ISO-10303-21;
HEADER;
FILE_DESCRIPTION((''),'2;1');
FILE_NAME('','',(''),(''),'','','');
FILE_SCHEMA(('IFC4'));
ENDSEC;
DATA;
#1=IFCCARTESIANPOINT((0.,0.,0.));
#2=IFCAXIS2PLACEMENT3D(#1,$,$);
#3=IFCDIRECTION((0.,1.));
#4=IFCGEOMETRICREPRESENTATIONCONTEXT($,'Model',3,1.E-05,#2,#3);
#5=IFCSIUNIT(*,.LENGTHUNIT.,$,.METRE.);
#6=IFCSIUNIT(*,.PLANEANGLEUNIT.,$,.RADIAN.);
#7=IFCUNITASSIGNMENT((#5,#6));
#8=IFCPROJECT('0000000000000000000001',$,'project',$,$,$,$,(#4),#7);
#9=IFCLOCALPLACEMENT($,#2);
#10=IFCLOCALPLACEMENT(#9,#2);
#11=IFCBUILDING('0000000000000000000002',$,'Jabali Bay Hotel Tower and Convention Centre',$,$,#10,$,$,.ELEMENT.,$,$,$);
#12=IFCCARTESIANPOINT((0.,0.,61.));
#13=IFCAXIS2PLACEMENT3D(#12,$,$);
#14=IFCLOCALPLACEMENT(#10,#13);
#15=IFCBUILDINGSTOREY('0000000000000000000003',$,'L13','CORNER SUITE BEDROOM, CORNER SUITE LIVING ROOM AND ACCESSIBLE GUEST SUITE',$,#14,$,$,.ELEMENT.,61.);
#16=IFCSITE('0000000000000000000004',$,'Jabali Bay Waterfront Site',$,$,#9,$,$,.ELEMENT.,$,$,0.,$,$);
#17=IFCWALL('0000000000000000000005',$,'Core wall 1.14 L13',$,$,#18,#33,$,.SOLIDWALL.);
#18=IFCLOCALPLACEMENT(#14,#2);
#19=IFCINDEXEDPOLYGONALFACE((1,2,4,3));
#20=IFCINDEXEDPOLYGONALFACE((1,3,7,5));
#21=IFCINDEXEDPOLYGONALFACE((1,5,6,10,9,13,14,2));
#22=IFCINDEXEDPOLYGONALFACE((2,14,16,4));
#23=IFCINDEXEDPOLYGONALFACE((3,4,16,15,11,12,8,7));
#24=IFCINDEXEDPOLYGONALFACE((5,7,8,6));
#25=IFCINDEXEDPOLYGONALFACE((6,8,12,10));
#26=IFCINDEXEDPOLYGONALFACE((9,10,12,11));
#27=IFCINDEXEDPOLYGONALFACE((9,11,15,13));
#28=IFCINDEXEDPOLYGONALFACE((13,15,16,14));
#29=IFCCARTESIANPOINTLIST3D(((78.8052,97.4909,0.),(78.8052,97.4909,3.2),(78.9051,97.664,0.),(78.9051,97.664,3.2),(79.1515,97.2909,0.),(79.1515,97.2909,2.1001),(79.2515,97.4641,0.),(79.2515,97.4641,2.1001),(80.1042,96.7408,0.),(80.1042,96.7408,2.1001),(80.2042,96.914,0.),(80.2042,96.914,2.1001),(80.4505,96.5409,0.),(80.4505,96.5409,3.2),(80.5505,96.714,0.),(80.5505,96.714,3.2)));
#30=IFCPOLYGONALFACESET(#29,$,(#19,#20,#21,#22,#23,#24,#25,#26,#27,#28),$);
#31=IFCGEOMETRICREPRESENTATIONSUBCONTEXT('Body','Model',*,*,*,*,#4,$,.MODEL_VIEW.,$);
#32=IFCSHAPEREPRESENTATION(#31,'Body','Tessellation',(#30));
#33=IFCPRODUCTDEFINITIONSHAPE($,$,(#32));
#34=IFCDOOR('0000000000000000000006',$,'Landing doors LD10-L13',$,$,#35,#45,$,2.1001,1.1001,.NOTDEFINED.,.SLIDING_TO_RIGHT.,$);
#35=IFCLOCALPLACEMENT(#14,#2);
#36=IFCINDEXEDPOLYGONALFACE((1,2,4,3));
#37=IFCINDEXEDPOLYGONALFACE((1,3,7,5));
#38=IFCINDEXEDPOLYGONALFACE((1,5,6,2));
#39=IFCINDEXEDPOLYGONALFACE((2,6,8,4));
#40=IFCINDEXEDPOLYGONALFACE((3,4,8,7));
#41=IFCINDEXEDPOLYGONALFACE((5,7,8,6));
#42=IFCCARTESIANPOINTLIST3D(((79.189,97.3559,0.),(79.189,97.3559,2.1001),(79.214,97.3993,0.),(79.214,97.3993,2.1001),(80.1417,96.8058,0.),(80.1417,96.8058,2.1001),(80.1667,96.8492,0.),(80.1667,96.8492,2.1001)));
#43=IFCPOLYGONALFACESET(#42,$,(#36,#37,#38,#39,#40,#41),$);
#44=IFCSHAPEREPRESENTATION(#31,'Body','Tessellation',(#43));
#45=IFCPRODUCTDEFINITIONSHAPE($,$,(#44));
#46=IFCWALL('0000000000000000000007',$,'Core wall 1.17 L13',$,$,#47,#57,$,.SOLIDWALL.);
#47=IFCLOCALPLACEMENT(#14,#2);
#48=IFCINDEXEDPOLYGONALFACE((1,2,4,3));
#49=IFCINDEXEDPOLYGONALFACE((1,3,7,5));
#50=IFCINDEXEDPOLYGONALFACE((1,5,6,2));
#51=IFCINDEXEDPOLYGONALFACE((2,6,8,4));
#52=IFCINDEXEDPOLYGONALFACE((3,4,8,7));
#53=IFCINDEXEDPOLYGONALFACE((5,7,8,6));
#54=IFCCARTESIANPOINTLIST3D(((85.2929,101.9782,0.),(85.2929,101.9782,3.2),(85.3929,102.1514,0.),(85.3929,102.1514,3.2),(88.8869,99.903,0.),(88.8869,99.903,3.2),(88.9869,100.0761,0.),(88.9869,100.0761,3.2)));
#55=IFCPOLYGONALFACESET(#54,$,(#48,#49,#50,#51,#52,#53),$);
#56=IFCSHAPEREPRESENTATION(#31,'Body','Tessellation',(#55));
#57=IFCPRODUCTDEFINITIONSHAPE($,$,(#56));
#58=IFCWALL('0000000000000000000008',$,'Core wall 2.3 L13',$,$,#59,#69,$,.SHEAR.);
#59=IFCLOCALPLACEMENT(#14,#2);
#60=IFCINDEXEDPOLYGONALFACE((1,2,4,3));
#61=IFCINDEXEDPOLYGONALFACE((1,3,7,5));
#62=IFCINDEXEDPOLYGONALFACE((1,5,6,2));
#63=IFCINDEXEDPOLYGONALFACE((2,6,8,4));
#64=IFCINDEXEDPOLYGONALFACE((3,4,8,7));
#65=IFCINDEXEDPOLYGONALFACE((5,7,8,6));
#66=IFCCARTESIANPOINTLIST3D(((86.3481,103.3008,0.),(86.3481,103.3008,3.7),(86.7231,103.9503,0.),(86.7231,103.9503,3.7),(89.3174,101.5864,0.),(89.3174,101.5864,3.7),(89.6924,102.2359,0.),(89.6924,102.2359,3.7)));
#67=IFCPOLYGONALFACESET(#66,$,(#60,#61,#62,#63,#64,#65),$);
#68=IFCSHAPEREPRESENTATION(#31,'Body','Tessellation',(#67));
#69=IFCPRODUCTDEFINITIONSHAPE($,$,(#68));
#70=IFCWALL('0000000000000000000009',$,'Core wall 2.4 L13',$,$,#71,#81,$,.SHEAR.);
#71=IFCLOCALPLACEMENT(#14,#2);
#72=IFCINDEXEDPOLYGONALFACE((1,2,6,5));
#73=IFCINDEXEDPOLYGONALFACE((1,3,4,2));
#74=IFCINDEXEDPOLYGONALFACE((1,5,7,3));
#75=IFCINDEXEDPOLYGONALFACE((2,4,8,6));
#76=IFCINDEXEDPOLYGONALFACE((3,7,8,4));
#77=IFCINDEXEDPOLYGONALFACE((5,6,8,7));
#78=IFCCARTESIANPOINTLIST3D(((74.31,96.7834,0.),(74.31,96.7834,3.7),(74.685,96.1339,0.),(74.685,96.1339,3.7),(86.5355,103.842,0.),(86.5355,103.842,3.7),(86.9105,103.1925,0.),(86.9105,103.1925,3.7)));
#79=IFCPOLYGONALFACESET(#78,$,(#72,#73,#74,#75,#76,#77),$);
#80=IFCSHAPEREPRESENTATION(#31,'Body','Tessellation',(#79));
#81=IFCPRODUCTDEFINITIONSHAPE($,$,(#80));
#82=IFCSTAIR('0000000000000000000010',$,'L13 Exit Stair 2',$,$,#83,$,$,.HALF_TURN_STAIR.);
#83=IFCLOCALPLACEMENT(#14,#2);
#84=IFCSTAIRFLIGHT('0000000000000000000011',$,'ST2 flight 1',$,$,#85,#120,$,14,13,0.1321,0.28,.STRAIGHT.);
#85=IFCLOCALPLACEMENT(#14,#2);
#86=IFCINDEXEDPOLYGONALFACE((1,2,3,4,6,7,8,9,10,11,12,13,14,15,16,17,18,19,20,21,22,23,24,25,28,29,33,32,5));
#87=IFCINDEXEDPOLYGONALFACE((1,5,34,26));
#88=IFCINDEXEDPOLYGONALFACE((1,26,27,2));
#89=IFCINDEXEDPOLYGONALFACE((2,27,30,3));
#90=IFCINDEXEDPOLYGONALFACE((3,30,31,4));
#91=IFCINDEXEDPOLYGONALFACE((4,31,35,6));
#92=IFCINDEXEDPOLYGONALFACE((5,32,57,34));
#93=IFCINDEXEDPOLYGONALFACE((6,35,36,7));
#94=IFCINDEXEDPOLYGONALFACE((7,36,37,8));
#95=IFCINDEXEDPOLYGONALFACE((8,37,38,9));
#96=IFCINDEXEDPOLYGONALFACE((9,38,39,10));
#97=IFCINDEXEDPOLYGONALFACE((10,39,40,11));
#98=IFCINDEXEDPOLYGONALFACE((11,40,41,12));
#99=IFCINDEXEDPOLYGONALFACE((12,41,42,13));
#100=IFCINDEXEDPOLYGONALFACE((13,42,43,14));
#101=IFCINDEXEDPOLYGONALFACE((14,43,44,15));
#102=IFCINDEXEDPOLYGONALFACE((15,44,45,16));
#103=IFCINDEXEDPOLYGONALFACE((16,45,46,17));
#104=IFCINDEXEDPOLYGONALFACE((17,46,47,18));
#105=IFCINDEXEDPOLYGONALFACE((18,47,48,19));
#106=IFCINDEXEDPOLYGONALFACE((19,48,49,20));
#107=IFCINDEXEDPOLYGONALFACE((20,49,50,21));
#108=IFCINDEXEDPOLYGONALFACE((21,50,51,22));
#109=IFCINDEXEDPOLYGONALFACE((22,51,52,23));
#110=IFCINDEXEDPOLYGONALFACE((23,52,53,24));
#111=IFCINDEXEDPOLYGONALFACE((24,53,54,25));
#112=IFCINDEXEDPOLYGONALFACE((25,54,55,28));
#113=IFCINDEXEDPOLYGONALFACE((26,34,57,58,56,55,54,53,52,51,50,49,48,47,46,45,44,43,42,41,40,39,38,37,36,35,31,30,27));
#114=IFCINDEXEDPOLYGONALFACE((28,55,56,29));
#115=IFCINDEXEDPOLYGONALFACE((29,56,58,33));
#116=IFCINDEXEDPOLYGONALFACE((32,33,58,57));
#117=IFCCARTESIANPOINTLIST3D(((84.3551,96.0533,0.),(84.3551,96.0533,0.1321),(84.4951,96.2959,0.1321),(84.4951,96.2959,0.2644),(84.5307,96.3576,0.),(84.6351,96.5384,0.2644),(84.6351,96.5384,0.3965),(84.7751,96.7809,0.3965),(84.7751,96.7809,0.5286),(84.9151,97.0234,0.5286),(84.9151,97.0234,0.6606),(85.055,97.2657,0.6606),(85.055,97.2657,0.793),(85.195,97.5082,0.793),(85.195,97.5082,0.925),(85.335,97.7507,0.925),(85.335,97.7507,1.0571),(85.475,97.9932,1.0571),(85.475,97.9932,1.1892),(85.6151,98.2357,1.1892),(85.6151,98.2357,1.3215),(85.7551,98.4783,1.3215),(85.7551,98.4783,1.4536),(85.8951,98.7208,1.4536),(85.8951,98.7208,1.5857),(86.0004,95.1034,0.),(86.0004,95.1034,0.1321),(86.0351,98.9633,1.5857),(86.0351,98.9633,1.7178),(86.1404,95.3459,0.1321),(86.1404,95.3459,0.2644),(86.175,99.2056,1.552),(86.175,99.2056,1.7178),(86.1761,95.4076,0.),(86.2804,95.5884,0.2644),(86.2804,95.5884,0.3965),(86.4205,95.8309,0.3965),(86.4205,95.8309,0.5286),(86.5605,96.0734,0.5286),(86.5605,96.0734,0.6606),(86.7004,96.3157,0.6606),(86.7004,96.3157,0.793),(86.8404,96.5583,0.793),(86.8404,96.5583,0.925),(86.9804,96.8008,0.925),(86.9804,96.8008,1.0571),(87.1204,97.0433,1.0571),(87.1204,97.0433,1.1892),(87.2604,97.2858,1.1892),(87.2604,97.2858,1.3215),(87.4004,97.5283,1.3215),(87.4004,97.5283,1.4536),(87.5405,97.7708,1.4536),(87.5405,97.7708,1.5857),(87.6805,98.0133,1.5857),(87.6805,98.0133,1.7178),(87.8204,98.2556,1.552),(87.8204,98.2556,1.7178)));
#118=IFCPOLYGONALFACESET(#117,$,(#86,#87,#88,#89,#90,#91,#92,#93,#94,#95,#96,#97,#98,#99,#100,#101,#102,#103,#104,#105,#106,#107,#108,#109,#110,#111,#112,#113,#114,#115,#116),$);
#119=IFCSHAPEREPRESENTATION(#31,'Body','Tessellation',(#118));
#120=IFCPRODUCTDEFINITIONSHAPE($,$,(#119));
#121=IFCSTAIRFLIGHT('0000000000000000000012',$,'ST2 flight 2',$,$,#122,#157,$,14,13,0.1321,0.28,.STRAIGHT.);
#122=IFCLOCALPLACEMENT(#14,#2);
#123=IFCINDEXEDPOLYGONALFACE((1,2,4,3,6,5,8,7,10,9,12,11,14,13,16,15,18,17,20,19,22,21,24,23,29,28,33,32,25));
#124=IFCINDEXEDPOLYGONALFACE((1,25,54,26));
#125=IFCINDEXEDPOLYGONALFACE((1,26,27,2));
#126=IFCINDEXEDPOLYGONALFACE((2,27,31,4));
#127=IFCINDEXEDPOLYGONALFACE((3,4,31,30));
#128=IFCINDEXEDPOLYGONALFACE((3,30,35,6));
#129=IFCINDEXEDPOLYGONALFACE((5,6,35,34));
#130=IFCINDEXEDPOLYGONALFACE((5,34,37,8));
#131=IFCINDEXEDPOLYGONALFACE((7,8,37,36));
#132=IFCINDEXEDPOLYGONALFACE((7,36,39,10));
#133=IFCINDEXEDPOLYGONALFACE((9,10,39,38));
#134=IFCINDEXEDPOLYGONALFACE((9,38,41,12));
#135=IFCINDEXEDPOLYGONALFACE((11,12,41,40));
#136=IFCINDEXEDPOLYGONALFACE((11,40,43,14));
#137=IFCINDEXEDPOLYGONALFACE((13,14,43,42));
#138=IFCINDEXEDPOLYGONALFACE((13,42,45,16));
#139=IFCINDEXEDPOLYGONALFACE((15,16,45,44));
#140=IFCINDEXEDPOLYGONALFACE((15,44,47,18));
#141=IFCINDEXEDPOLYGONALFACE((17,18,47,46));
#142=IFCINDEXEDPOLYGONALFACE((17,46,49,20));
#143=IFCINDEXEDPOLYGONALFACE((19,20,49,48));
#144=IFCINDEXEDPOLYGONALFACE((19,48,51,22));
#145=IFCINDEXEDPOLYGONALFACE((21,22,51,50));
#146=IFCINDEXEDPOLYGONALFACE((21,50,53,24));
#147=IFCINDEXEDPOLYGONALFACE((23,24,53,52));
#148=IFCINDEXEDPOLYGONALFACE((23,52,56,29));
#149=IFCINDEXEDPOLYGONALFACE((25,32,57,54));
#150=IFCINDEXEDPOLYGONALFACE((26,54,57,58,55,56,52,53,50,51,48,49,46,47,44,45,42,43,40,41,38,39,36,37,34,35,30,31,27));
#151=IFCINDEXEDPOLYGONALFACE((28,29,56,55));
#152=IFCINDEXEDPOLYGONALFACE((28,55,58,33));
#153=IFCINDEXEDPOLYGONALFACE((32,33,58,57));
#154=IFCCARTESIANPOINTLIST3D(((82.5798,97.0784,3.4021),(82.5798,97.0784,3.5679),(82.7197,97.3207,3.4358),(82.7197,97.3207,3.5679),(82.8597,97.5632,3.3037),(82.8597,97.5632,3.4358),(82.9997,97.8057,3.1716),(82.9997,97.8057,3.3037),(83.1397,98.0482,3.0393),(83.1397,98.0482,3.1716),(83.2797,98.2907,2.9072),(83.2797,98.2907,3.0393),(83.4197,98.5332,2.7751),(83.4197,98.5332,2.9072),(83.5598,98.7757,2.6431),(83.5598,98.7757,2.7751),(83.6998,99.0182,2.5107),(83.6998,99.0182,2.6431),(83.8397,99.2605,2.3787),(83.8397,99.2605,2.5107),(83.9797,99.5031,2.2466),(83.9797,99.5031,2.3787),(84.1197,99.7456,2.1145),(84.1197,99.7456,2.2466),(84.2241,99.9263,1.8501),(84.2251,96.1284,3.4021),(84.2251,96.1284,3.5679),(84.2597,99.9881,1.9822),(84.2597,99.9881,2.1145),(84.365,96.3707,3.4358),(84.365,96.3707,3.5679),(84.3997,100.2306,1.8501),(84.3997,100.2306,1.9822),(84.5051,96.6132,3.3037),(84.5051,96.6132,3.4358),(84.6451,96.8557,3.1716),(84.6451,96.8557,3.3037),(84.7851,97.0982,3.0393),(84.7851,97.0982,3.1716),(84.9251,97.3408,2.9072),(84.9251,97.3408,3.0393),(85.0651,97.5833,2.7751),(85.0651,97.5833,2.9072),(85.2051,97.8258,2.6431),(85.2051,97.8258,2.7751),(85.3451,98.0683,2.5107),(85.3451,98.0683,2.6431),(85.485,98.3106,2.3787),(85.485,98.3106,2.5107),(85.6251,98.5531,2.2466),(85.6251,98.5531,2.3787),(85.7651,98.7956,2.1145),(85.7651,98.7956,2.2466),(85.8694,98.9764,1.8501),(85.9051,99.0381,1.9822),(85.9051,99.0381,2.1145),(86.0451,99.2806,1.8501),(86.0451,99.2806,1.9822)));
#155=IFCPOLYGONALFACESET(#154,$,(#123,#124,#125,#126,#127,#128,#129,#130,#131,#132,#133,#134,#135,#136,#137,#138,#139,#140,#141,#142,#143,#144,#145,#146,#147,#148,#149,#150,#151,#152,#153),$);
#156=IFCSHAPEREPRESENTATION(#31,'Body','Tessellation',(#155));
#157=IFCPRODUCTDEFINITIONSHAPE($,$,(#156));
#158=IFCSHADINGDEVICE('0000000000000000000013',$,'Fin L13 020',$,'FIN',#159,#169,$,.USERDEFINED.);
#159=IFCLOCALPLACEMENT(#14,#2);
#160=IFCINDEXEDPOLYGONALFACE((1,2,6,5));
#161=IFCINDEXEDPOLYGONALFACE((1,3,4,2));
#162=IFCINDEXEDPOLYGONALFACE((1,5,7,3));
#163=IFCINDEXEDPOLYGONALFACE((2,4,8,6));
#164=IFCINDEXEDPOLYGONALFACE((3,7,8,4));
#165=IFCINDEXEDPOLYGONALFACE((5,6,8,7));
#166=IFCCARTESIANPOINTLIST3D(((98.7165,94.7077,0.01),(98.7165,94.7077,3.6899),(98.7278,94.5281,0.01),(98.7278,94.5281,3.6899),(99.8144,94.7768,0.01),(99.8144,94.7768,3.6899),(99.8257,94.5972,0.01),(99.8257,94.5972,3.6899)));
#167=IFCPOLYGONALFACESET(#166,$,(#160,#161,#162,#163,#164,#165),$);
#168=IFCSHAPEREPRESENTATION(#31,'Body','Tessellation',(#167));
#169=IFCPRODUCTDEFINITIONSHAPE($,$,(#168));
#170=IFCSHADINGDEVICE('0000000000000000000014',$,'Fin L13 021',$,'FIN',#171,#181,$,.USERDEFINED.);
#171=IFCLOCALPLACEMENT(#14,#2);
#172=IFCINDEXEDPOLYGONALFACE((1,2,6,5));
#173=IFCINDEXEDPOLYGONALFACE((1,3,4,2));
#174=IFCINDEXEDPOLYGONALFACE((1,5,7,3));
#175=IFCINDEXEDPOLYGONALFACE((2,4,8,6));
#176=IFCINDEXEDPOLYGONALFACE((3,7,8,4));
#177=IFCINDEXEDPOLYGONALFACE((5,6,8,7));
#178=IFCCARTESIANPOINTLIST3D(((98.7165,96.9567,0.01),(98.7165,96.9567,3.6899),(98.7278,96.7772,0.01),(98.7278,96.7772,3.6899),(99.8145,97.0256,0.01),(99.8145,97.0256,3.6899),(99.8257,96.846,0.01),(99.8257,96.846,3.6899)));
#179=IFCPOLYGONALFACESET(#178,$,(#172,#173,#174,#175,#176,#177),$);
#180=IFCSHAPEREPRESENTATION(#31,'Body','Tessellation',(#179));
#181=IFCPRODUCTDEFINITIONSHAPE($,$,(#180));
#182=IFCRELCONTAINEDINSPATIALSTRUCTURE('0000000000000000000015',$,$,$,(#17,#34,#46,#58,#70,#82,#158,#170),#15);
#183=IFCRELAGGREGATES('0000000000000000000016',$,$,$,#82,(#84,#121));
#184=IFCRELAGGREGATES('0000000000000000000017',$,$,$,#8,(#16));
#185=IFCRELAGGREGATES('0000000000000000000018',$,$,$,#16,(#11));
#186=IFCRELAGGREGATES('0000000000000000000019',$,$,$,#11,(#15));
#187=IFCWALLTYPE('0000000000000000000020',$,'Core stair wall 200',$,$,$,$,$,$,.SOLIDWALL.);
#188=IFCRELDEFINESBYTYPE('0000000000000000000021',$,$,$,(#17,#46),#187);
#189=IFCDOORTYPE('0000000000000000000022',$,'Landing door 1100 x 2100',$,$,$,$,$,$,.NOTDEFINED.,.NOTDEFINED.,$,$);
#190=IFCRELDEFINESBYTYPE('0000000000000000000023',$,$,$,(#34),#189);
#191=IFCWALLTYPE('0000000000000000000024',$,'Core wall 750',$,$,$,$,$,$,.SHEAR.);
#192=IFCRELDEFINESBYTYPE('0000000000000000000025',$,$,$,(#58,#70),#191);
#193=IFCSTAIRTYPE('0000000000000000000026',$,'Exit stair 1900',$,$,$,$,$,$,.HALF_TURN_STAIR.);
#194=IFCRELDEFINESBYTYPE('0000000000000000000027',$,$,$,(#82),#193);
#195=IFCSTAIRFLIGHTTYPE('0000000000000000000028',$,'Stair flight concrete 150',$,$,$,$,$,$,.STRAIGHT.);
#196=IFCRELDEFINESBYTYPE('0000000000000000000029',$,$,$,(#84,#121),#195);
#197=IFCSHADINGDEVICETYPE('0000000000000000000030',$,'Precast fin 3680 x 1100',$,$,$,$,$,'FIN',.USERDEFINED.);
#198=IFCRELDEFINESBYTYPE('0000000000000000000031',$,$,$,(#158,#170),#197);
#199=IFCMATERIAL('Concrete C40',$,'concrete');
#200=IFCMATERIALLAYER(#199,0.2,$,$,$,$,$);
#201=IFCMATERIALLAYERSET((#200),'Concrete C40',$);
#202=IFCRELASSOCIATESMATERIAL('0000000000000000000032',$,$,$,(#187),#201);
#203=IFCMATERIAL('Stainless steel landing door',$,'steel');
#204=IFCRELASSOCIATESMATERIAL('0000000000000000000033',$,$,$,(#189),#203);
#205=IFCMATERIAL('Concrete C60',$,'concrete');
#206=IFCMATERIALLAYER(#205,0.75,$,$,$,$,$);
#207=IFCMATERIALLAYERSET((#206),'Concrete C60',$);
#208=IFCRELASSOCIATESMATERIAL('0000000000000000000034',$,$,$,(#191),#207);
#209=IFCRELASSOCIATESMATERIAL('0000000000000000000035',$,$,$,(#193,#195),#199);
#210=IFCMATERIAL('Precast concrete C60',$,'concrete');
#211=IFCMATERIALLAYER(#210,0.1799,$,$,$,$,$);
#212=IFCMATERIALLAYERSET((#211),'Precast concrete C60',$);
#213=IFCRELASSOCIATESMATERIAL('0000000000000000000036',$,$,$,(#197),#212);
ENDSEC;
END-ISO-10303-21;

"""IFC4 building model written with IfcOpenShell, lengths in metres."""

from ifc_helpers import new_model, si_unit, direction, frame, frame_2d, origin, place, context, subcontext, project, spatial, polyline, rectangle, outline, extrude, material, layer, layer_set, type_object, element, fill, aggregate, save


model = new_model("IFC4")

# Units and contexts
model_context = context("Model", 3, precision=1e-05, world=origin(), true_north=direction((0.0, 1.0)))
body_context = subcontext(model_context, "Body", "Model", "MODEL_VIEW")
ifc_project = project(units=[si_unit("LENGTHUNIT", "METRE"), si_unit("PLANEANGLEUNIT", "RADIAN")], contexts=[model_context])

# Site, building, storey
site_placement = place(None, origin())
site = spatial("IfcSite", under=ifc_project, at=site_placement, Name="Jabali Bay Waterfront Site", CompositionType="ELEMENT", RefElevation=0.0)
building_placement = place(site_placement, origin())
building = spatial("IfcBuilding", under=site, at=building_placement, Name="Jabali Bay Hotel Tower and Convention Centre", CompositionType="ELEMENT")
storey_placement = place(building_placement, frame((0.0, 0.0, 61.0)))
storey = spatial("IfcBuildingStorey", under=building, at=storey_placement, Name="L13", Description="CORNER SUITE BEDROOM, CORNER SUITE LIVING ROOM AND ACCESSIBLE GUEST SUITE", CompositionType="ELEMENT", Elevation=61.0)

# Shared definitions
ifc_material_1 = material(Name="Concrete C40", Category="concrete")

# Shared definitions
ifc_layer_1 = layer(ifc_material_1, 0.2)
ifc_layer_set_1 = layer_set([ifc_layer_1], Name="Concrete C40")
wall_type_1 = type_object("IfcWallType", Name="Core stair wall 200", PredefinedType="SOLIDWALL", material=ifc_layer_set_1)

# Wall, opening, door
wall_1_placement = place(storey_placement, frame((80.5005, 96.6274, 0.0), z_axis=(0.0, 0.0, 1.0), x_axis=(-0.866012, 0.500023, 0.0)))
wall_1 = element("IfcWall", 1, at=wall_1_placement, inside=storey, type_object=wall_type_1, Name="Core wall 1.14 L13", PredefinedType="SOLIDWALL", context=body_context, shape_type="SweptSolid", body=[
    extrude(rectangle(XDim=1.8999, YDim=0.2, at=frame_2d((0.95, 0.0))), origin(), (0.0, 0.0, 1.0), 3.2),
])
opening_1_placement = place(wall_1_placement, frame((0.3999, 0.0, 0.0)))
opening_1 = element("IfcOpeningElement", 2, at=opening_1_placement, cuts=wall_1, PredefinedType="OPENING", context=body_context, shape_type="SweptSolid", body=[
    extrude(rectangle(XDim=1.1001, YDim=2.1001, at=frame_2d((0.55, 1.05))), frame((0.0, 0.1104, 0.0), z_axis=(0.0, -1.0, 0.0), x_axis=(1.0, 0.0, 0.0)), (0.0, 0.0, 1.0), 0.2209),
])
ifc_material_2 = material(Name="Stainless steel landing door", Category="steel")
door_type_1 = type_object("IfcDoorType", Name="Landing door 1100 x 2100", OperationType="NOTDEFINED", PredefinedType="NOTDEFINED", material=ifc_material_2)
door_1_placement = place(opening_1_placement, origin())
door_1 = element("IfcDoor", 3, at=door_1_placement, inside=storey, type_object=door_type_1, Name="Landing doors LD10-L13", OperationType="SLIDING_TO_RIGHT", OverallHeight=2.1001, OverallWidth=1.1001, PredefinedType="NOTDEFINED", context=body_context, shape_type="SweptSolid", body=[
    extrude(rectangle(XDim=1.1001, YDim=2.1001, at=frame_2d((0.55, 1.05))), frame((0.0, 0.0249, 0.0), z_axis=(0.0, -1.0, 0.0), x_axis=(1.0, 0.0, 0.0)), (0.0, 0.0, 1.0), 0.05),
])
fill(opening_1, door_1)

# Walls
wall_2_placement = place(storey_placement, frame((88.937, 99.9895, 0.0), z_axis=(0.0, 0.0, 1.0), x_axis=(-0.866004, 0.500036, 0.0)))
element("IfcWall", 4, at=wall_2_placement, inside=storey, type_object=wall_type_1, Name="Core wall 1.17 L13", PredefinedType="SOLIDWALL", context=body_context, shape_type="SweptSolid", body=[
    extrude(rectangle(XDim=4.1501, YDim=0.2, at=frame_2d((2.0752, 0.0))), origin(), (0.0, 0.0, 1.0), 3.2),
])
ifc_material_3 = material(Name="Concrete C60", Category="concrete")
ifc_layer_2 = layer(ifc_material_3, 0.75)
ifc_layer_set_2 = layer_set([ifc_layer_2], Name="Concrete C60")
wall_type_2 = type_object("IfcWallType", Name="Core wall 750", PredefinedType="SHEAR", material=ifc_layer_set_2)
wall_3_placement = place(storey_placement, frame((89.5049, 101.9111, 0.0), z_axis=(0.0, 0.0, 1.0), x_axis=(-0.866017, 0.500014, 0.0)))
element("IfcWall", 5, at=wall_3_placement, inside=storey, type_object=wall_type_2, Name="Core wall 2.3 L13", PredefinedType="SHEAR", context=body_context, shape_type="SweptSolid", body=[
    extrude(rectangle(XDim=3.4287, YDim=0.75, at=frame_2d((1.7144, 0.0))), origin(), (0.0, 0.0, 1.0), 3.7),
])
wall_4_placement = place(storey_placement, frame((86.7231, 103.5173, 0.0), z_axis=(0.0, 0.0, 1.0), x_axis=(-0.866021, -0.500008, 0.0)))
element("IfcWall", 6, at=wall_4_placement, inside=storey, type_object=wall_type_2, Name="Core wall 2.4 L13", PredefinedType="SHEAR", context=body_context, shape_type="SweptSolid", body=[
    extrude(rectangle(XDim=14.1169, YDim=0.75, at=frame_2d((7.0586, 0.0))), origin(), (0.0, 0.0, 1.0), 3.7),
])

# Stair, stair flights
stair_type = type_object("IfcStairType", Name="Exit stair 1900", PredefinedType="HALF_TURN_STAIR", material=ifc_material_1)
stair_placement = place(storey_placement, origin())
stair = element("IfcStair", 7, at=stair_placement, inside=storey, type_object=stair_type, Name="L13 Exit Stair 2", PredefinedType="HALF_TURN_STAIR")
stair_flight_type = type_object("IfcStairFlightType", Name="Stair flight concrete 150", PredefinedType="STRAIGHT", material=ifc_material_1)
stair_flight_1_placement = place(storey_placement, frame((85.1777, 95.5784, 0.0), z_axis=(0.0, 0.0, 1.0), x_axis=(0.5, 0.866025, 0.0)))
stair_flight_1 = element("IfcStairFlight", 8, at=stair_flight_1_placement, type_object=stair_flight_type, Name="ST2 flight 1", NumberOfRisers=14, NumberOfTreads=13, PredefinedType="STRAIGHT", RiserHeight=0.1321, TreadLength=0.28, context=body_context, shape_type="SweptSolid", body=[
    extrude(outline(polyline([(0.0, 0.0), (0.0, 0.1321), (0.28, 0.1321), (0.28, 0.2644), (0.5601, 0.2644), (0.5601, 0.3965), (0.8401, 0.3965), (0.8401, 0.5286), (1.1201, 0.5286), (1.1201, 0.6606), (1.3999, 0.6606), (1.3999, 0.793), (1.6799, 0.793), (1.6799, 0.925), (1.96, 0.925), (1.96, 1.0571), (2.24, 1.0571), (2.24, 1.1892), (2.52, 1.1892), (2.52, 1.3215), (2.8, 1.3215), (2.8, 1.4536), (3.0801, 1.4536), (3.0801, 1.5857), (3.3601, 1.5857), (3.3601, 1.7178), (3.6399, 1.7178), (3.6399, 1.8501), (3.6399, 1.552), (0.3513, 0.0), (0.0, 0.0)])), frame((0.0, 0.95, 0.0), z_axis=(0.0, -1.0, 0.0), x_axis=(1.0, 0.0, 0.0)), (0.0, 0.0, 1.0), 1.8999),
])
stair_flight_2_placement = place(storey_placement, frame((85.2224, 99.7556, 1.8501), z_axis=(0.0, 0.0, 1.0), x_axis=(-0.5, -0.866025, 0.0)))
stair_flight_2 = element("IfcStairFlight", 9, at=stair_flight_2_placement, type_object=stair_flight_type, Name="ST2 flight 2", NumberOfRisers=14, NumberOfTreads=13, PredefinedType="STRAIGHT", RiserHeight=0.1321, TreadLength=0.28, context=body_context, shape_type="SweptSolid", body=[
    extrude(outline(polyline([(0.0, 0.0), (0.0, 0.1321), (0.28, 0.1321), (0.28, 0.2644), (0.5601, 0.2644), (0.5601, 0.3965), (0.8401, 0.3965), (0.8401, 0.5286), (1.1201, 0.5286), (1.1201, 0.6606), (1.3999, 0.6606), (1.3999, 0.793), (1.6799, 0.793), (1.6799, 0.925), (1.96, 0.925), (1.96, 1.0571), (2.24, 1.0571), (2.24, 1.1892), (2.52, 1.1892), (2.52, 1.3215), (2.8, 1.3215), (2.8, 1.4536), (3.0801, 1.4536), (3.0801, 1.5857), (3.3601, 1.5857), (3.3601, 1.7178), (3.6399, 1.7178), (3.6399, 1.8501), (3.6399, 1.552), (0.3513, 0.0), (0.0, 0.0)])), frame((0.0, 0.95, 0.0), z_axis=(0.0, -1.0, 0.0), x_axis=(1.0, 0.0, 0.0)), (0.0, 0.0, 1.0), 1.8999),
])
aggregate(stair, [stair_flight_1, stair_flight_2])

# Shading devices
ifc_material_4 = material(Name="Precast concrete C60", Category="concrete")
ifc_layer_3 = layer(ifc_material_4, 0.1799)
ifc_layer_set_3 = layer_set([ifc_layer_3], Name="Precast concrete C60")
shading_device_type = type_object("IfcShadingDeviceType", Name="Precast fin 3680 x 1100", ElementType="FIN", PredefinedType="USERDEFINED", material=ifc_layer_set_3)
for number, where, z_axis, x_axis, name in (
    (10, (98.7222, 94.6179, 0.01), (0.0, 0.0, 1.0), (0.998026, 0.062807, 0.0), "Fin L13 020"),
    (11, (98.7222, 96.8669, 0.01), (0.0, 0.0, 1.0), (0.99804, 0.062586, 0.0), "Fin L13 021"),
):
    element("IfcShadingDevice", number, at=place(storey_placement, frame(where, z_axis=z_axis, x_axis=x_axis)), inside=storey, type_object=shading_device_type, Name=name, ObjectType="FIN", PredefinedType="USERDEFINED", context=body_context, shape_type="SweptSolid", body=[
        extrude(rectangle(XDim=1.1001, YDim=0.1799, at=frame_2d((0.55, 0.0))), origin(), (0.0, 0.0, 1.0), 3.6799),
    ])

save(model, "model.ifc")
